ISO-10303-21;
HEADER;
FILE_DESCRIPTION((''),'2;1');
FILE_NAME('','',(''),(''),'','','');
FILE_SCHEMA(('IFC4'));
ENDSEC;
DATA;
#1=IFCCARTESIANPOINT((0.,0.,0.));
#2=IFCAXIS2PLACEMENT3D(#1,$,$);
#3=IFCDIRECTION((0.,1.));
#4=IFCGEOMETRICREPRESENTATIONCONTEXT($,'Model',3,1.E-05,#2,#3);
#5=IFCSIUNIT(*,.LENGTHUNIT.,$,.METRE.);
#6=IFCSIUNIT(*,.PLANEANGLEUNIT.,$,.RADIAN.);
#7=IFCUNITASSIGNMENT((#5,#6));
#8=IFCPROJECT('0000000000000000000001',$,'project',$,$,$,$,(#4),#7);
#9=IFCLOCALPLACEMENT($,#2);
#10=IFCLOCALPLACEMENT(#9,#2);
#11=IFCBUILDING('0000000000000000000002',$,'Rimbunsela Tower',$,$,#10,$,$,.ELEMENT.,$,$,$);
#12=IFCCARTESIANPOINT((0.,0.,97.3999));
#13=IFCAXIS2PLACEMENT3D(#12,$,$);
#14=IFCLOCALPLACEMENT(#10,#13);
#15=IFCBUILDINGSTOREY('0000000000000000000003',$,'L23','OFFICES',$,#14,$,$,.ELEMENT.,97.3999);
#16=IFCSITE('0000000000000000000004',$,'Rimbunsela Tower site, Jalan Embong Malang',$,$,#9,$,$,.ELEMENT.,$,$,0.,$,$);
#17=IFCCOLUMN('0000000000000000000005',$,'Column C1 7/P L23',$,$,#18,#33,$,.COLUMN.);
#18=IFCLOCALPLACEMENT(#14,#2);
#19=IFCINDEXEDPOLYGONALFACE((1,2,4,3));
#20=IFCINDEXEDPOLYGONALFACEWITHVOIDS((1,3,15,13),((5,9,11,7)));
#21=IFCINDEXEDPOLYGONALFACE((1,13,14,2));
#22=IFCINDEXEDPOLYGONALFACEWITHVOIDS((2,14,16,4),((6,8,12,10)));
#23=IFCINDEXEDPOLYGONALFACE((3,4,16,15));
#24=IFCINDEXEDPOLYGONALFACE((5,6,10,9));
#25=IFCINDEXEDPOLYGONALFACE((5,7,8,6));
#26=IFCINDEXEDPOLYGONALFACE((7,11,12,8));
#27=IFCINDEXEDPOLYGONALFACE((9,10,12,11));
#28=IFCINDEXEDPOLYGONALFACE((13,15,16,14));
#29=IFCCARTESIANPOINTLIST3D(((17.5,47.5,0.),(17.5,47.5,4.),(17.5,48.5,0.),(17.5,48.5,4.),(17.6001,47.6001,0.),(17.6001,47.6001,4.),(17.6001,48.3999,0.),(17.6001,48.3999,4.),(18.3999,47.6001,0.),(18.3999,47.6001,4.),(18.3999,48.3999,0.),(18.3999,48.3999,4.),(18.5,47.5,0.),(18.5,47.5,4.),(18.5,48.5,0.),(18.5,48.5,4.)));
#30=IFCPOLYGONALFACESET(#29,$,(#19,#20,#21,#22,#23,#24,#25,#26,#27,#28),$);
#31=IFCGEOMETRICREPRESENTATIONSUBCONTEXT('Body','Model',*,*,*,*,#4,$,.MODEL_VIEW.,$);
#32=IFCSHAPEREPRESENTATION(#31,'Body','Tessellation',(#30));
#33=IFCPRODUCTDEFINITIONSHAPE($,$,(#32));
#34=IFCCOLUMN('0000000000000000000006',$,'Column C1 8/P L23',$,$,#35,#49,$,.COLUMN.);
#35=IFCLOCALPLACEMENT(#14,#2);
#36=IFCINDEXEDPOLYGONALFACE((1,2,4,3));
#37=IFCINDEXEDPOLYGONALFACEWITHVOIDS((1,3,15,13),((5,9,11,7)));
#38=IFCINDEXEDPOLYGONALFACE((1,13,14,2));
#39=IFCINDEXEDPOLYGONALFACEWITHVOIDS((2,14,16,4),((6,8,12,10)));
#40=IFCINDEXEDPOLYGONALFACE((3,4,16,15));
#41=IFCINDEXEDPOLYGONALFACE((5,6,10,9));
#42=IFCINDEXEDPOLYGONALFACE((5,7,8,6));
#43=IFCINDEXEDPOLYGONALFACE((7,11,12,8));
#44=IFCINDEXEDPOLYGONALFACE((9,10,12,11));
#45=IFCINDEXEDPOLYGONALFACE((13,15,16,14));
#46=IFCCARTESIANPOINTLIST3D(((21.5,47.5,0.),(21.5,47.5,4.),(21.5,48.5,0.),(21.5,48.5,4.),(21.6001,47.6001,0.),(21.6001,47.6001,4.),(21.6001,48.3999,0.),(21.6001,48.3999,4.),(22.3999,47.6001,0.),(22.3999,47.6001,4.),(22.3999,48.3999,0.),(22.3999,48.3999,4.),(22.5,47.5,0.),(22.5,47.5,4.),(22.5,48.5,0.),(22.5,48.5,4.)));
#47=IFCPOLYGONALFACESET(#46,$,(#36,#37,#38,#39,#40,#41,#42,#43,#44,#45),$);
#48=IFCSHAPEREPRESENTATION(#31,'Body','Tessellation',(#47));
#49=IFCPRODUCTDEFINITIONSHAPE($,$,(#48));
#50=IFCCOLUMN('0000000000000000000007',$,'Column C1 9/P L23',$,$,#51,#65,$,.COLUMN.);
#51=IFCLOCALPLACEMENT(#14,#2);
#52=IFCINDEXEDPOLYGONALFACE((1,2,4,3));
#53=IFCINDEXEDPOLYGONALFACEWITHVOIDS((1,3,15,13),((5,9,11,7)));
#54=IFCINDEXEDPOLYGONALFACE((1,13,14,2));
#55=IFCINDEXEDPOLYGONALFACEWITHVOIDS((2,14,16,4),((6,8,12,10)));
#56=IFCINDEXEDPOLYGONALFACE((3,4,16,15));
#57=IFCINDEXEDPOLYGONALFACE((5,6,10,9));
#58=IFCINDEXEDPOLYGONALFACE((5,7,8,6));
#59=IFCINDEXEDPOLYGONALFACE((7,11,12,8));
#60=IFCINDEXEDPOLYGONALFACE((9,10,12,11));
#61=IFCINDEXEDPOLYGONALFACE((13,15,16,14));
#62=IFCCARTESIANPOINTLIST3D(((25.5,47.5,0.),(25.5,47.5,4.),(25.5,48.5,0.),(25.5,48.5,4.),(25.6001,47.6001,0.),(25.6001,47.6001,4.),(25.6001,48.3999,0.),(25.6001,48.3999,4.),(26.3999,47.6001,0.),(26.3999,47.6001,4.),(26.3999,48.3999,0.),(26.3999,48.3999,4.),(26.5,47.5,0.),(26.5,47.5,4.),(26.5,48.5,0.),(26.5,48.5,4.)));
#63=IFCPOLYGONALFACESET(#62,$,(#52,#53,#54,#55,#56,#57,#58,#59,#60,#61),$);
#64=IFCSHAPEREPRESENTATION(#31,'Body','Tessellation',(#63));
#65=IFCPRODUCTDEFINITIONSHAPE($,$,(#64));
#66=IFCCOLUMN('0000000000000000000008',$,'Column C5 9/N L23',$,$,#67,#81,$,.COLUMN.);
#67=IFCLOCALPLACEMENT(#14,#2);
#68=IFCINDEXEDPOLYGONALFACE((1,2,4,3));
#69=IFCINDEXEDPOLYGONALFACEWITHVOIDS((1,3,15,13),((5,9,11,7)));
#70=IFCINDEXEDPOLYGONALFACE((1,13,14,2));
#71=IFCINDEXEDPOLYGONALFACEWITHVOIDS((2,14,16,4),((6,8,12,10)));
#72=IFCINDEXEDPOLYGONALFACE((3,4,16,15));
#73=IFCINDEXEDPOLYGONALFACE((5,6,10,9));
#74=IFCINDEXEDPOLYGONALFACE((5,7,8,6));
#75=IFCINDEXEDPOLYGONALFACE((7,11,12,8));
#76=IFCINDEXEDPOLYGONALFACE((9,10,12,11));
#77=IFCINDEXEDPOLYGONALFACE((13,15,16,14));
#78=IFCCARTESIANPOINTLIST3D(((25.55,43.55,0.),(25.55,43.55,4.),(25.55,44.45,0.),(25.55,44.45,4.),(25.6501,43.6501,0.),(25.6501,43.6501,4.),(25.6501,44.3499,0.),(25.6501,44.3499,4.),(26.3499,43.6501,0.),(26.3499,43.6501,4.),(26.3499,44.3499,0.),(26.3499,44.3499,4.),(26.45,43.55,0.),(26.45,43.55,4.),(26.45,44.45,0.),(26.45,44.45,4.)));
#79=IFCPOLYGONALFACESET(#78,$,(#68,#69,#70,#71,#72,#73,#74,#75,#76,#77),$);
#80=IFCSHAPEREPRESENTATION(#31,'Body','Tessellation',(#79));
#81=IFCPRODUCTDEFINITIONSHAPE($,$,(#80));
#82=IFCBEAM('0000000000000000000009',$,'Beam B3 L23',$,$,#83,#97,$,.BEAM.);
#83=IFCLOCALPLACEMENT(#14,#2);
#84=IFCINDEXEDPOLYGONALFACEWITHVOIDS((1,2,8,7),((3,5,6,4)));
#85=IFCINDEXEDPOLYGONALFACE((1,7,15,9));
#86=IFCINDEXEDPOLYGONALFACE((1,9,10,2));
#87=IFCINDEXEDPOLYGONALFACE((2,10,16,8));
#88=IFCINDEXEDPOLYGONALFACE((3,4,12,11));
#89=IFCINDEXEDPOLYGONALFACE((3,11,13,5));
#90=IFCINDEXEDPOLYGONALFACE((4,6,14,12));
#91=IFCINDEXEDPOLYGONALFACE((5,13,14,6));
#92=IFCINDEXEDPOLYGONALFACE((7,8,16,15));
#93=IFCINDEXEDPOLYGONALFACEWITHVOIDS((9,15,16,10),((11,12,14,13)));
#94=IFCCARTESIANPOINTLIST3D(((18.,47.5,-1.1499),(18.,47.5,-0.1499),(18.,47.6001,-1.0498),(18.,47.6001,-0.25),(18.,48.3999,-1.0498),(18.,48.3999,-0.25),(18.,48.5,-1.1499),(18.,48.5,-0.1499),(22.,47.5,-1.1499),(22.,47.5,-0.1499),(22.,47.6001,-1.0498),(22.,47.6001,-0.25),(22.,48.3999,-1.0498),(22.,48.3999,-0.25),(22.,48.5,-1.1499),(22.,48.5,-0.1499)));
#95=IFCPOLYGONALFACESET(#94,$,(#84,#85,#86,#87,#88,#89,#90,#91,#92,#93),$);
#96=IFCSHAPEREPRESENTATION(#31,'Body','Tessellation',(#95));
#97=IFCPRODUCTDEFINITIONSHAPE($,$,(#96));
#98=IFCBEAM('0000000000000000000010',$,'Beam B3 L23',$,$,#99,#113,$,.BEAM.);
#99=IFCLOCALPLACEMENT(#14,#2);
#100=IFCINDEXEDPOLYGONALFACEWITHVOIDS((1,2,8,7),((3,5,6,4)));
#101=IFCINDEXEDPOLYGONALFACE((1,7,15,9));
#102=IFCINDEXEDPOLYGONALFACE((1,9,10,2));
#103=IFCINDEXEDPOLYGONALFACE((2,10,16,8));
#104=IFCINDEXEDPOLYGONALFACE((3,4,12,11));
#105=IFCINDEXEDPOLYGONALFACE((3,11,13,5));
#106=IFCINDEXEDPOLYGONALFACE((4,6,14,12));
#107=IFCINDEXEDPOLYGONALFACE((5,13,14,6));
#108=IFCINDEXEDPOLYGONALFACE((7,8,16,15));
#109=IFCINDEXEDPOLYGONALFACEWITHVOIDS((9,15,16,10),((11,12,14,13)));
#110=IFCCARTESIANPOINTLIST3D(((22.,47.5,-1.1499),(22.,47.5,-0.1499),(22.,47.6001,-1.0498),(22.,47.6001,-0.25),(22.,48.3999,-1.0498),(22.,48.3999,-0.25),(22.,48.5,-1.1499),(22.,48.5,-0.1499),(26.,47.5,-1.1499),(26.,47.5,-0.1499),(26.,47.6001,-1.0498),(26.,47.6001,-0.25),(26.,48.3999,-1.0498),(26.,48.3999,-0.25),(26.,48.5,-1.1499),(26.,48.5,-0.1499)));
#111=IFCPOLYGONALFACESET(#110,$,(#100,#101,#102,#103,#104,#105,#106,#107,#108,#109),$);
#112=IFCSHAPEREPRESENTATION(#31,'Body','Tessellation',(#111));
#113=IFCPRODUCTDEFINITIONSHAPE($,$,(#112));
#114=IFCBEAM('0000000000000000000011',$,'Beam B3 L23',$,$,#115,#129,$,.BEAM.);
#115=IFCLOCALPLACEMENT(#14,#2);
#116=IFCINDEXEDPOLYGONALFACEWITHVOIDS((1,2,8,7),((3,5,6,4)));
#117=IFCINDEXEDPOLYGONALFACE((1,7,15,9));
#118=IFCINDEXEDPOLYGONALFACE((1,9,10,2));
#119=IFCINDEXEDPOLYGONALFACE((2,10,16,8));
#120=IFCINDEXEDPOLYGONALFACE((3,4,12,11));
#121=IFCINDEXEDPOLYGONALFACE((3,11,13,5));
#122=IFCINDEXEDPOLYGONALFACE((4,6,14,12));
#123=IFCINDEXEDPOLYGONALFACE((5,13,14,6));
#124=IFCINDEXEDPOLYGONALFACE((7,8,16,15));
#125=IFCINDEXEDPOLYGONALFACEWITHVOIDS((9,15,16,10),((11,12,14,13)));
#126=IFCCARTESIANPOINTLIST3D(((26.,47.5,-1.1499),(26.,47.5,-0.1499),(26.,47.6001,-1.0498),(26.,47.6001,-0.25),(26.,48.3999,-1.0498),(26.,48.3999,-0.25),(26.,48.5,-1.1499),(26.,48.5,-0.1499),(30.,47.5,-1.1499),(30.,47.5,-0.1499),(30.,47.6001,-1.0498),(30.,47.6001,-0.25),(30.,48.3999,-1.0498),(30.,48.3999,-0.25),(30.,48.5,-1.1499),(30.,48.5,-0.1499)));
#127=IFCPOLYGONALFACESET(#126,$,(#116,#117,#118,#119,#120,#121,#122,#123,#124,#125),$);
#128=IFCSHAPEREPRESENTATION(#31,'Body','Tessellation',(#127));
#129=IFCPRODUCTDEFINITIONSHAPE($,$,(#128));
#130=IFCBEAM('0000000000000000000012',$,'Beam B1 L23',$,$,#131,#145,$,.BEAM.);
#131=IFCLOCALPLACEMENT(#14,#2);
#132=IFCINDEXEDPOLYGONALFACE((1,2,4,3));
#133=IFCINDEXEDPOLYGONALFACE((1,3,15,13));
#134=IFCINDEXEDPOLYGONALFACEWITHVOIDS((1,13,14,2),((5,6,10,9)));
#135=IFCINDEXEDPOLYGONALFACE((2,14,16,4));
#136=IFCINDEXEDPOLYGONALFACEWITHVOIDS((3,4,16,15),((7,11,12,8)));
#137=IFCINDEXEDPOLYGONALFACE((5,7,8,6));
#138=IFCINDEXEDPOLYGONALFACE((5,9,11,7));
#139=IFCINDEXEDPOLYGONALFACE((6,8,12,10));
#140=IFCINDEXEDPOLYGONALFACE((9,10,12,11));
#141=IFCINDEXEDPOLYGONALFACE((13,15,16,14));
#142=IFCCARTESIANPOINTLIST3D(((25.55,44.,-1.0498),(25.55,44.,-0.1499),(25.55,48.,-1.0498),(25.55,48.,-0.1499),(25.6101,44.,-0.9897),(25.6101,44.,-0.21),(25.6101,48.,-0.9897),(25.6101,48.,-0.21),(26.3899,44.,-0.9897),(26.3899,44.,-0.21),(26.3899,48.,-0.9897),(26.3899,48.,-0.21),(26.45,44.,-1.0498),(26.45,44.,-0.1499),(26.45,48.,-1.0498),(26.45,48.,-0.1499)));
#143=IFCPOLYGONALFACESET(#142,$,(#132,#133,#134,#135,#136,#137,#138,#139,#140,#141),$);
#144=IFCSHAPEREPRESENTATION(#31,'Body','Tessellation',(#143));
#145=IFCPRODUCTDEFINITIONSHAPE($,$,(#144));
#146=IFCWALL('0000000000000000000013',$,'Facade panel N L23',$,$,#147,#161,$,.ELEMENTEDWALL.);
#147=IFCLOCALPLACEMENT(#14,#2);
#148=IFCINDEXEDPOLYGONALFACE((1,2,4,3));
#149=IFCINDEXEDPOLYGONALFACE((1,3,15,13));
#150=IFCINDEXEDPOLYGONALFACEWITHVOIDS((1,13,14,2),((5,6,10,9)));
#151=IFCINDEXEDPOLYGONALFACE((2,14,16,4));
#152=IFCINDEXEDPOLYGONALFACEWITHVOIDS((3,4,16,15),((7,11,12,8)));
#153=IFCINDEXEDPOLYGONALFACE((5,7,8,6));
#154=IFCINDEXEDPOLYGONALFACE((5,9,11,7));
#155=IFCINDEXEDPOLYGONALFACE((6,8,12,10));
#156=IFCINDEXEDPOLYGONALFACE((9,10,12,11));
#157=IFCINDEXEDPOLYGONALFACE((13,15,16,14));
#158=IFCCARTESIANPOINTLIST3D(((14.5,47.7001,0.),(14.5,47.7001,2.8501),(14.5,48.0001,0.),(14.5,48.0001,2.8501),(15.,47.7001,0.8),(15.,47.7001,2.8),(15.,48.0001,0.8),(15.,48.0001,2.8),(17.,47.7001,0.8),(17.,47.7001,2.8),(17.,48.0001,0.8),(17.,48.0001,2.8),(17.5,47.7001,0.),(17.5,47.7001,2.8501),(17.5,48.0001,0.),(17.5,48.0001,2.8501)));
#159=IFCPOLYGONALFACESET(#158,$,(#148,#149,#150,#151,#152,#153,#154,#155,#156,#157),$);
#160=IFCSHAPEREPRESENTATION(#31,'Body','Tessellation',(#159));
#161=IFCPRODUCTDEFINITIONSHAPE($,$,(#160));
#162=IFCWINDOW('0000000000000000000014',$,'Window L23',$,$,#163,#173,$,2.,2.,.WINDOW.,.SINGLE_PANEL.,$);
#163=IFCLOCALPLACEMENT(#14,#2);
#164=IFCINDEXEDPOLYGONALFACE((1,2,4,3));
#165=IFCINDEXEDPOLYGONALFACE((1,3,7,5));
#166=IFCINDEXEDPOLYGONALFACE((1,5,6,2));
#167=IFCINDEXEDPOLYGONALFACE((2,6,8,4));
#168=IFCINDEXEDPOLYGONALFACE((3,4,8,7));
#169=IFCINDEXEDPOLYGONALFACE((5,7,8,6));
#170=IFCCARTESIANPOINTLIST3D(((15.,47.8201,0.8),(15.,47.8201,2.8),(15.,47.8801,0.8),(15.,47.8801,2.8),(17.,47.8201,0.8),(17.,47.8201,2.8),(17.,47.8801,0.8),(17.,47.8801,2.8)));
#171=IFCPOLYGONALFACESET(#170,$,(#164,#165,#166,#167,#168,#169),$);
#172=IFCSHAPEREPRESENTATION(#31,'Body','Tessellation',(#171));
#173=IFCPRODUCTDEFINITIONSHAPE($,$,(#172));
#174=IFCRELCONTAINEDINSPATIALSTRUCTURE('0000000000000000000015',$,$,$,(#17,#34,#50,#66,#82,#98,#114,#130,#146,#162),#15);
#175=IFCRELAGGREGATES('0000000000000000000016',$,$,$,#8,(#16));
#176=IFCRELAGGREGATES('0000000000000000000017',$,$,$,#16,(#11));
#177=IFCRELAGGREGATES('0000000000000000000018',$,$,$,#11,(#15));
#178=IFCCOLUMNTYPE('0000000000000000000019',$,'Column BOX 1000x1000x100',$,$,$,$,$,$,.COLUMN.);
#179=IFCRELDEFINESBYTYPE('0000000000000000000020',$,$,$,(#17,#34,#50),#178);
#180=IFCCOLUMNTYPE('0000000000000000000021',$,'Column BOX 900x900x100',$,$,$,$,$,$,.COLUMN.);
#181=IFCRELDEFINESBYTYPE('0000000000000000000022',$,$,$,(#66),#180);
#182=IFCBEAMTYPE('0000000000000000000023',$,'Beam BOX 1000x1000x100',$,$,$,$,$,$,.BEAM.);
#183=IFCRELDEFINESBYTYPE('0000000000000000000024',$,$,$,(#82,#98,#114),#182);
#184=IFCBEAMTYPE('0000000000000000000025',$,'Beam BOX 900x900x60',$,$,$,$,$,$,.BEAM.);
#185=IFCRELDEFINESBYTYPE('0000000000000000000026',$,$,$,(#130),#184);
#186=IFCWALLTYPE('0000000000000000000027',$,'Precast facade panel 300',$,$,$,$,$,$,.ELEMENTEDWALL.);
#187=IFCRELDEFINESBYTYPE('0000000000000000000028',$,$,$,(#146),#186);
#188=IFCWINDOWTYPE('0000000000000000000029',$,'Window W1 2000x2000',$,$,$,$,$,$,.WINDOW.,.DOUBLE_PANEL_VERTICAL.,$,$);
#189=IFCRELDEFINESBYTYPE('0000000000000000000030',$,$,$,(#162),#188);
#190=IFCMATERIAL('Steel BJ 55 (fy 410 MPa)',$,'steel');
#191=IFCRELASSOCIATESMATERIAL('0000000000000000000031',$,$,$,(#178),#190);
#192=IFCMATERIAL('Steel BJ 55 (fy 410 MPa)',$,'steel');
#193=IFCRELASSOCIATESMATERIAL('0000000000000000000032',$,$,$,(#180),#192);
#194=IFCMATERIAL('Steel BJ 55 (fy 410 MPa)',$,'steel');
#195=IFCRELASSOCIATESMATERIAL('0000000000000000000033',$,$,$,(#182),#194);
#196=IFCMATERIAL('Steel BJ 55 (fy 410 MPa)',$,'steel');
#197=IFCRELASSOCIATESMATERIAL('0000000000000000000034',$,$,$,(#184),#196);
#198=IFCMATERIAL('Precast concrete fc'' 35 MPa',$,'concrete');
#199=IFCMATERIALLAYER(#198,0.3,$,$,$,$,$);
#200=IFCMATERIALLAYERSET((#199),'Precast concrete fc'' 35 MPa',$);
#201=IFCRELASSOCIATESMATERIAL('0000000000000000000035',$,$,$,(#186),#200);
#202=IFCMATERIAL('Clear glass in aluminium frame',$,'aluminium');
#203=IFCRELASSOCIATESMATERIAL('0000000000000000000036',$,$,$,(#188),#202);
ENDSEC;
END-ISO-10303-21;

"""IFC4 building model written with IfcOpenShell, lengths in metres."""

from ifc_helpers import new_model, si_unit, direction, frame, frame_2d, origin, origin_2d, place, context, subcontext, project, spatial, rectangle, hollow_rectangle, extrude, material, layer, layer_set, material_profile, profile_set, type_object, element, fill, save


model = new_model("IFC4")

# Units and contexts
model_context = context("Model", 3, precision=1e-05, world=origin(), true_north=direction((0.0, 1.0)))
body_context = subcontext(model_context, "Body", "Model", "MODEL_VIEW")
ifc_project = project(units=[si_unit("LENGTHUNIT", "METRE"), si_unit("PLANEANGLEUNIT", "RADIAN")], contexts=[model_context])

# Site, building, storey
site_placement = place(None, origin())
site = spatial("IfcSite", under=ifc_project, at=site_placement, Name="Rimbunsela Tower site, Jalan Embong Malang", CompositionType="ELEMENT", RefElevation=0.0)
building_placement = place(site_placement, origin())
building = spatial("IfcBuilding", under=site, at=building_placement, Name="Rimbunsela Tower", CompositionType="ELEMENT")
storey_placement = place(building_placement, frame((0.0, 0.0, 97.3999)))
storey = spatial("IfcBuildingStorey", under=building, at=storey_placement, Name="L23", Description="OFFICES", CompositionType="ELEMENT", Elevation=97.3999)

# Columns
ifc_material_1 = material(Name="Steel BJ 55 (fy 410 MPa)", Category="steel")
ifc_material_profile_1 = material_profile(ifc_material_1, hollow_rectangle(XDim=1.0, YDim=1.0, WallThickness=0.1001, at=origin_2d()), Name="BOX 1000x1000x100")
ifc_profile_set_1 = profile_set([ifc_material_profile_1], Name="Steel BJ 55 (fy 410 MPa)")
column_type_1 = type_object("IfcColumnType", Name="Column BOX 1000x1000x100", PredefinedType="COLUMN", material=ifc_profile_set_1)
for number, where, z_axis, x_axis, name in (
    (1, (18.0, 48.0, 0.0), (0.0, 0.0, 1.0), (1.0, 0.0, 0.0), "Column C1 7/P L23"),
    (2, (22.0, 48.0, 0.0), (0.0, 0.0, 1.0), (1.0, 0.0, 0.0), "Column C1 8/P L23"),
    (3, (26.0, 48.0, 0.0), (0.0, 0.0, 1.0), (1.0, 0.0, 0.0), "Column C1 9/P L23"),
):
    element("IfcColumn", number, at=place(storey_placement, frame(where, z_axis=z_axis, x_axis=x_axis)), inside=storey, type_object=column_type_1, Name=name, PredefinedType="COLUMN", context=body_context, shape_type="SweptSolid", body=[
        extrude(hollow_rectangle(XDim=1.0, YDim=1.0, WallThickness=0.1001, at=origin_2d()), origin(), (0.0, 0.0, 1.0), 4.0),
    ])
ifc_material_2 = material(Name="Steel BJ 55 (fy 410 MPa)", Category="steel")
ifc_material_profile_2 = material_profile(ifc_material_2, hollow_rectangle(XDim=0.8999, YDim=0.8999, WallThickness=0.1001, at=origin_2d()), Name="BOX 900x900x100")
ifc_profile_set_2 = profile_set([ifc_material_profile_2], Name="Steel BJ 55 (fy 410 MPa)")
column_type_2 = type_object("IfcColumnType", Name="Column BOX 900x900x100", PredefinedType="COLUMN", material=ifc_profile_set_2)
column_placement = place(storey_placement, frame((26.0, 44.0, 0.0), z_axis=(0.0, 0.0, 1.0), x_axis=(1.0, 0.0, 0.0)))
element("IfcColumn", 4, at=column_placement, inside=storey, type_object=column_type_2, Name="Column C5 9/N L23", PredefinedType="COLUMN", context=body_context, shape_type="SweptSolid", body=[
    extrude(hollow_rectangle(XDim=0.8999, YDim=0.8999, WallThickness=0.1001, at=origin_2d()), origin(), (0.0, 0.0, 1.0), 4.0),
])

# Beams
ifc_material_3 = material(Name="Steel BJ 55 (fy 410 MPa)", Category="steel")
ifc_material_profile_3 = material_profile(ifc_material_3, hollow_rectangle(XDim=1.0, YDim=1.0, WallThickness=0.1001, at=origin_2d()), Name="BOX 1000x1000x100")
ifc_profile_set_3 = profile_set([ifc_material_profile_3], Name="Steel BJ 55 (fy 410 MPa)")
beam_type_1 = type_object("IfcBeamType", Name="Beam BOX 1000x1000x100", PredefinedType="BEAM", material=ifc_profile_set_3)
for number, where, z_axis, x_axis, name in (
    (5, (18.0, 48.0, -0.6499), (1.0, 0.0, 0.0), (0.0, 1.0, 0.0), "Beam B3 L23"),
    (6, (22.0, 48.0, -0.6499), (1.0, 0.0, 0.0), (0.0, 1.0, 0.0), "Beam B3 L23"),
    (7, (26.0, 48.0, -0.6499), (1.0, 0.0, 0.0), (0.0, 1.0, 0.0), "Beam B3 L23"),
):
    element("IfcBeam", number, at=place(storey_placement, frame(where, z_axis=z_axis, x_axis=x_axis)), inside=storey, type_object=beam_type_1, Name=name, PredefinedType="BEAM", context=body_context, shape_type="SweptSolid", body=[
        extrude(hollow_rectangle(XDim=1.0, YDim=1.0, WallThickness=0.1001, at=origin_2d()), origin(), (0.0, 0.0, 1.0), 4.0),
    ])
ifc_material_4 = material(Name="Steel BJ 55 (fy 410 MPa)", Category="steel")
ifc_material_profile_4 = material_profile(ifc_material_4, hollow_rectangle(XDim=0.8999, YDim=0.8999, WallThickness=0.0601, at=origin_2d()), Name="BOX 900x900x60")
ifc_profile_set_4 = profile_set([ifc_material_profile_4], Name="Steel BJ 55 (fy 410 MPa)")
beam_type_2 = type_object("IfcBeamType", Name="Beam BOX 900x900x60", PredefinedType="BEAM", material=ifc_profile_set_4)
beam_placement = place(storey_placement, frame((26.0, 44.0, -0.5999), z_axis=(0.0, 1.0, 0.0), x_axis=(-1.0, 0.0, 0.0)))
element("IfcBeam", 8, at=beam_placement, inside=storey, type_object=beam_type_2, Name="Beam B1 L23", PredefinedType="BEAM", context=body_context, shape_type="SweptSolid", body=[
    extrude(hollow_rectangle(XDim=0.8999, YDim=0.8999, WallThickness=0.0601, at=origin_2d()), origin(), (0.0, 0.0, 1.0), 4.0),
])

# Wall, opening, window
ifc_material_5 = material(Name="Precast concrete fc' 35 MPa", Category="concrete")
ifc_layer_1 = layer(ifc_material_5, 0.3)
ifc_layer_set_1 = layer_set([ifc_layer_1], Name="Precast concrete fc' 35 MPa")
wall_type = type_object("IfcWallType", Name="Precast facade panel 300", PredefinedType="ELEMENTEDWALL", material=ifc_layer_set_1)
wall_1_placement = place(storey_placement, frame((17.5, 47.8501, 0.0), z_axis=(0.0, 0.0, 1.0), x_axis=(-1.0, 0.0, 0.0)))
wall_1 = element("IfcWall", 9, at=wall_1_placement, inside=storey, type_object=wall_type, Name="Facade panel N L23", PredefinedType="ELEMENTEDWALL", context=body_context, shape_type="SweptSolid", body=[
    extrude(rectangle(XDim=3.0, YDim=0.3, at=frame_2d((1.5, 0.0))), origin(), (0.0, 0.0, 1.0), 2.8501),
])
opening_1_placement = place(wall_1_placement, frame((0.5, 0.0, 0.8)))
opening_1 = element("IfcOpeningElement", 10, at=opening_1_placement, cuts=wall_1, PredefinedType="OPENING", context=body_context, shape_type="SweptSolid", body=[
    extrude(rectangle(XDim=2.0, YDim=2.0, at=frame_2d((1.0, 1.0))), frame((0.0, 0.1599, 0.0), z_axis=(0.0, -1.0, 0.0), x_axis=(1.0, 0.0, 0.0)), (0.0, 0.0, 1.0), 0.3201),
])
ifc_material_6 = material(Name="Clear glass in aluminium frame", Category="aluminium")
window_type = type_object("IfcWindowType", Name="Window W1 2000x2000", PartitioningType="DOUBLE_PANEL_VERTICAL", PredefinedType="WINDOW", material=ifc_material_6)
window_1_placement = place(opening_1_placement, origin())
window_1 = element("IfcWindow", 11, at=window_1_placement, inside=storey, type_object=window_type, Name="Window L23", OverallHeight=2.0, OverallWidth=2.0, PartitioningType="SINGLE_PANEL", PredefinedType="WINDOW", context=body_context, shape_type="SweptSolid", body=[
    extrude(rectangle(XDim=2.0, YDim=2.0, at=frame_2d((1.0, 1.0))), frame((0.0, 0.03, 0.0), z_axis=(0.0, -1.0, 0.0), x_axis=(1.0, 0.0, 0.0)), (0.0, 0.0, 1.0), 0.0601),
])
fill(opening_1, window_1)

save(model, "model.ifc")
